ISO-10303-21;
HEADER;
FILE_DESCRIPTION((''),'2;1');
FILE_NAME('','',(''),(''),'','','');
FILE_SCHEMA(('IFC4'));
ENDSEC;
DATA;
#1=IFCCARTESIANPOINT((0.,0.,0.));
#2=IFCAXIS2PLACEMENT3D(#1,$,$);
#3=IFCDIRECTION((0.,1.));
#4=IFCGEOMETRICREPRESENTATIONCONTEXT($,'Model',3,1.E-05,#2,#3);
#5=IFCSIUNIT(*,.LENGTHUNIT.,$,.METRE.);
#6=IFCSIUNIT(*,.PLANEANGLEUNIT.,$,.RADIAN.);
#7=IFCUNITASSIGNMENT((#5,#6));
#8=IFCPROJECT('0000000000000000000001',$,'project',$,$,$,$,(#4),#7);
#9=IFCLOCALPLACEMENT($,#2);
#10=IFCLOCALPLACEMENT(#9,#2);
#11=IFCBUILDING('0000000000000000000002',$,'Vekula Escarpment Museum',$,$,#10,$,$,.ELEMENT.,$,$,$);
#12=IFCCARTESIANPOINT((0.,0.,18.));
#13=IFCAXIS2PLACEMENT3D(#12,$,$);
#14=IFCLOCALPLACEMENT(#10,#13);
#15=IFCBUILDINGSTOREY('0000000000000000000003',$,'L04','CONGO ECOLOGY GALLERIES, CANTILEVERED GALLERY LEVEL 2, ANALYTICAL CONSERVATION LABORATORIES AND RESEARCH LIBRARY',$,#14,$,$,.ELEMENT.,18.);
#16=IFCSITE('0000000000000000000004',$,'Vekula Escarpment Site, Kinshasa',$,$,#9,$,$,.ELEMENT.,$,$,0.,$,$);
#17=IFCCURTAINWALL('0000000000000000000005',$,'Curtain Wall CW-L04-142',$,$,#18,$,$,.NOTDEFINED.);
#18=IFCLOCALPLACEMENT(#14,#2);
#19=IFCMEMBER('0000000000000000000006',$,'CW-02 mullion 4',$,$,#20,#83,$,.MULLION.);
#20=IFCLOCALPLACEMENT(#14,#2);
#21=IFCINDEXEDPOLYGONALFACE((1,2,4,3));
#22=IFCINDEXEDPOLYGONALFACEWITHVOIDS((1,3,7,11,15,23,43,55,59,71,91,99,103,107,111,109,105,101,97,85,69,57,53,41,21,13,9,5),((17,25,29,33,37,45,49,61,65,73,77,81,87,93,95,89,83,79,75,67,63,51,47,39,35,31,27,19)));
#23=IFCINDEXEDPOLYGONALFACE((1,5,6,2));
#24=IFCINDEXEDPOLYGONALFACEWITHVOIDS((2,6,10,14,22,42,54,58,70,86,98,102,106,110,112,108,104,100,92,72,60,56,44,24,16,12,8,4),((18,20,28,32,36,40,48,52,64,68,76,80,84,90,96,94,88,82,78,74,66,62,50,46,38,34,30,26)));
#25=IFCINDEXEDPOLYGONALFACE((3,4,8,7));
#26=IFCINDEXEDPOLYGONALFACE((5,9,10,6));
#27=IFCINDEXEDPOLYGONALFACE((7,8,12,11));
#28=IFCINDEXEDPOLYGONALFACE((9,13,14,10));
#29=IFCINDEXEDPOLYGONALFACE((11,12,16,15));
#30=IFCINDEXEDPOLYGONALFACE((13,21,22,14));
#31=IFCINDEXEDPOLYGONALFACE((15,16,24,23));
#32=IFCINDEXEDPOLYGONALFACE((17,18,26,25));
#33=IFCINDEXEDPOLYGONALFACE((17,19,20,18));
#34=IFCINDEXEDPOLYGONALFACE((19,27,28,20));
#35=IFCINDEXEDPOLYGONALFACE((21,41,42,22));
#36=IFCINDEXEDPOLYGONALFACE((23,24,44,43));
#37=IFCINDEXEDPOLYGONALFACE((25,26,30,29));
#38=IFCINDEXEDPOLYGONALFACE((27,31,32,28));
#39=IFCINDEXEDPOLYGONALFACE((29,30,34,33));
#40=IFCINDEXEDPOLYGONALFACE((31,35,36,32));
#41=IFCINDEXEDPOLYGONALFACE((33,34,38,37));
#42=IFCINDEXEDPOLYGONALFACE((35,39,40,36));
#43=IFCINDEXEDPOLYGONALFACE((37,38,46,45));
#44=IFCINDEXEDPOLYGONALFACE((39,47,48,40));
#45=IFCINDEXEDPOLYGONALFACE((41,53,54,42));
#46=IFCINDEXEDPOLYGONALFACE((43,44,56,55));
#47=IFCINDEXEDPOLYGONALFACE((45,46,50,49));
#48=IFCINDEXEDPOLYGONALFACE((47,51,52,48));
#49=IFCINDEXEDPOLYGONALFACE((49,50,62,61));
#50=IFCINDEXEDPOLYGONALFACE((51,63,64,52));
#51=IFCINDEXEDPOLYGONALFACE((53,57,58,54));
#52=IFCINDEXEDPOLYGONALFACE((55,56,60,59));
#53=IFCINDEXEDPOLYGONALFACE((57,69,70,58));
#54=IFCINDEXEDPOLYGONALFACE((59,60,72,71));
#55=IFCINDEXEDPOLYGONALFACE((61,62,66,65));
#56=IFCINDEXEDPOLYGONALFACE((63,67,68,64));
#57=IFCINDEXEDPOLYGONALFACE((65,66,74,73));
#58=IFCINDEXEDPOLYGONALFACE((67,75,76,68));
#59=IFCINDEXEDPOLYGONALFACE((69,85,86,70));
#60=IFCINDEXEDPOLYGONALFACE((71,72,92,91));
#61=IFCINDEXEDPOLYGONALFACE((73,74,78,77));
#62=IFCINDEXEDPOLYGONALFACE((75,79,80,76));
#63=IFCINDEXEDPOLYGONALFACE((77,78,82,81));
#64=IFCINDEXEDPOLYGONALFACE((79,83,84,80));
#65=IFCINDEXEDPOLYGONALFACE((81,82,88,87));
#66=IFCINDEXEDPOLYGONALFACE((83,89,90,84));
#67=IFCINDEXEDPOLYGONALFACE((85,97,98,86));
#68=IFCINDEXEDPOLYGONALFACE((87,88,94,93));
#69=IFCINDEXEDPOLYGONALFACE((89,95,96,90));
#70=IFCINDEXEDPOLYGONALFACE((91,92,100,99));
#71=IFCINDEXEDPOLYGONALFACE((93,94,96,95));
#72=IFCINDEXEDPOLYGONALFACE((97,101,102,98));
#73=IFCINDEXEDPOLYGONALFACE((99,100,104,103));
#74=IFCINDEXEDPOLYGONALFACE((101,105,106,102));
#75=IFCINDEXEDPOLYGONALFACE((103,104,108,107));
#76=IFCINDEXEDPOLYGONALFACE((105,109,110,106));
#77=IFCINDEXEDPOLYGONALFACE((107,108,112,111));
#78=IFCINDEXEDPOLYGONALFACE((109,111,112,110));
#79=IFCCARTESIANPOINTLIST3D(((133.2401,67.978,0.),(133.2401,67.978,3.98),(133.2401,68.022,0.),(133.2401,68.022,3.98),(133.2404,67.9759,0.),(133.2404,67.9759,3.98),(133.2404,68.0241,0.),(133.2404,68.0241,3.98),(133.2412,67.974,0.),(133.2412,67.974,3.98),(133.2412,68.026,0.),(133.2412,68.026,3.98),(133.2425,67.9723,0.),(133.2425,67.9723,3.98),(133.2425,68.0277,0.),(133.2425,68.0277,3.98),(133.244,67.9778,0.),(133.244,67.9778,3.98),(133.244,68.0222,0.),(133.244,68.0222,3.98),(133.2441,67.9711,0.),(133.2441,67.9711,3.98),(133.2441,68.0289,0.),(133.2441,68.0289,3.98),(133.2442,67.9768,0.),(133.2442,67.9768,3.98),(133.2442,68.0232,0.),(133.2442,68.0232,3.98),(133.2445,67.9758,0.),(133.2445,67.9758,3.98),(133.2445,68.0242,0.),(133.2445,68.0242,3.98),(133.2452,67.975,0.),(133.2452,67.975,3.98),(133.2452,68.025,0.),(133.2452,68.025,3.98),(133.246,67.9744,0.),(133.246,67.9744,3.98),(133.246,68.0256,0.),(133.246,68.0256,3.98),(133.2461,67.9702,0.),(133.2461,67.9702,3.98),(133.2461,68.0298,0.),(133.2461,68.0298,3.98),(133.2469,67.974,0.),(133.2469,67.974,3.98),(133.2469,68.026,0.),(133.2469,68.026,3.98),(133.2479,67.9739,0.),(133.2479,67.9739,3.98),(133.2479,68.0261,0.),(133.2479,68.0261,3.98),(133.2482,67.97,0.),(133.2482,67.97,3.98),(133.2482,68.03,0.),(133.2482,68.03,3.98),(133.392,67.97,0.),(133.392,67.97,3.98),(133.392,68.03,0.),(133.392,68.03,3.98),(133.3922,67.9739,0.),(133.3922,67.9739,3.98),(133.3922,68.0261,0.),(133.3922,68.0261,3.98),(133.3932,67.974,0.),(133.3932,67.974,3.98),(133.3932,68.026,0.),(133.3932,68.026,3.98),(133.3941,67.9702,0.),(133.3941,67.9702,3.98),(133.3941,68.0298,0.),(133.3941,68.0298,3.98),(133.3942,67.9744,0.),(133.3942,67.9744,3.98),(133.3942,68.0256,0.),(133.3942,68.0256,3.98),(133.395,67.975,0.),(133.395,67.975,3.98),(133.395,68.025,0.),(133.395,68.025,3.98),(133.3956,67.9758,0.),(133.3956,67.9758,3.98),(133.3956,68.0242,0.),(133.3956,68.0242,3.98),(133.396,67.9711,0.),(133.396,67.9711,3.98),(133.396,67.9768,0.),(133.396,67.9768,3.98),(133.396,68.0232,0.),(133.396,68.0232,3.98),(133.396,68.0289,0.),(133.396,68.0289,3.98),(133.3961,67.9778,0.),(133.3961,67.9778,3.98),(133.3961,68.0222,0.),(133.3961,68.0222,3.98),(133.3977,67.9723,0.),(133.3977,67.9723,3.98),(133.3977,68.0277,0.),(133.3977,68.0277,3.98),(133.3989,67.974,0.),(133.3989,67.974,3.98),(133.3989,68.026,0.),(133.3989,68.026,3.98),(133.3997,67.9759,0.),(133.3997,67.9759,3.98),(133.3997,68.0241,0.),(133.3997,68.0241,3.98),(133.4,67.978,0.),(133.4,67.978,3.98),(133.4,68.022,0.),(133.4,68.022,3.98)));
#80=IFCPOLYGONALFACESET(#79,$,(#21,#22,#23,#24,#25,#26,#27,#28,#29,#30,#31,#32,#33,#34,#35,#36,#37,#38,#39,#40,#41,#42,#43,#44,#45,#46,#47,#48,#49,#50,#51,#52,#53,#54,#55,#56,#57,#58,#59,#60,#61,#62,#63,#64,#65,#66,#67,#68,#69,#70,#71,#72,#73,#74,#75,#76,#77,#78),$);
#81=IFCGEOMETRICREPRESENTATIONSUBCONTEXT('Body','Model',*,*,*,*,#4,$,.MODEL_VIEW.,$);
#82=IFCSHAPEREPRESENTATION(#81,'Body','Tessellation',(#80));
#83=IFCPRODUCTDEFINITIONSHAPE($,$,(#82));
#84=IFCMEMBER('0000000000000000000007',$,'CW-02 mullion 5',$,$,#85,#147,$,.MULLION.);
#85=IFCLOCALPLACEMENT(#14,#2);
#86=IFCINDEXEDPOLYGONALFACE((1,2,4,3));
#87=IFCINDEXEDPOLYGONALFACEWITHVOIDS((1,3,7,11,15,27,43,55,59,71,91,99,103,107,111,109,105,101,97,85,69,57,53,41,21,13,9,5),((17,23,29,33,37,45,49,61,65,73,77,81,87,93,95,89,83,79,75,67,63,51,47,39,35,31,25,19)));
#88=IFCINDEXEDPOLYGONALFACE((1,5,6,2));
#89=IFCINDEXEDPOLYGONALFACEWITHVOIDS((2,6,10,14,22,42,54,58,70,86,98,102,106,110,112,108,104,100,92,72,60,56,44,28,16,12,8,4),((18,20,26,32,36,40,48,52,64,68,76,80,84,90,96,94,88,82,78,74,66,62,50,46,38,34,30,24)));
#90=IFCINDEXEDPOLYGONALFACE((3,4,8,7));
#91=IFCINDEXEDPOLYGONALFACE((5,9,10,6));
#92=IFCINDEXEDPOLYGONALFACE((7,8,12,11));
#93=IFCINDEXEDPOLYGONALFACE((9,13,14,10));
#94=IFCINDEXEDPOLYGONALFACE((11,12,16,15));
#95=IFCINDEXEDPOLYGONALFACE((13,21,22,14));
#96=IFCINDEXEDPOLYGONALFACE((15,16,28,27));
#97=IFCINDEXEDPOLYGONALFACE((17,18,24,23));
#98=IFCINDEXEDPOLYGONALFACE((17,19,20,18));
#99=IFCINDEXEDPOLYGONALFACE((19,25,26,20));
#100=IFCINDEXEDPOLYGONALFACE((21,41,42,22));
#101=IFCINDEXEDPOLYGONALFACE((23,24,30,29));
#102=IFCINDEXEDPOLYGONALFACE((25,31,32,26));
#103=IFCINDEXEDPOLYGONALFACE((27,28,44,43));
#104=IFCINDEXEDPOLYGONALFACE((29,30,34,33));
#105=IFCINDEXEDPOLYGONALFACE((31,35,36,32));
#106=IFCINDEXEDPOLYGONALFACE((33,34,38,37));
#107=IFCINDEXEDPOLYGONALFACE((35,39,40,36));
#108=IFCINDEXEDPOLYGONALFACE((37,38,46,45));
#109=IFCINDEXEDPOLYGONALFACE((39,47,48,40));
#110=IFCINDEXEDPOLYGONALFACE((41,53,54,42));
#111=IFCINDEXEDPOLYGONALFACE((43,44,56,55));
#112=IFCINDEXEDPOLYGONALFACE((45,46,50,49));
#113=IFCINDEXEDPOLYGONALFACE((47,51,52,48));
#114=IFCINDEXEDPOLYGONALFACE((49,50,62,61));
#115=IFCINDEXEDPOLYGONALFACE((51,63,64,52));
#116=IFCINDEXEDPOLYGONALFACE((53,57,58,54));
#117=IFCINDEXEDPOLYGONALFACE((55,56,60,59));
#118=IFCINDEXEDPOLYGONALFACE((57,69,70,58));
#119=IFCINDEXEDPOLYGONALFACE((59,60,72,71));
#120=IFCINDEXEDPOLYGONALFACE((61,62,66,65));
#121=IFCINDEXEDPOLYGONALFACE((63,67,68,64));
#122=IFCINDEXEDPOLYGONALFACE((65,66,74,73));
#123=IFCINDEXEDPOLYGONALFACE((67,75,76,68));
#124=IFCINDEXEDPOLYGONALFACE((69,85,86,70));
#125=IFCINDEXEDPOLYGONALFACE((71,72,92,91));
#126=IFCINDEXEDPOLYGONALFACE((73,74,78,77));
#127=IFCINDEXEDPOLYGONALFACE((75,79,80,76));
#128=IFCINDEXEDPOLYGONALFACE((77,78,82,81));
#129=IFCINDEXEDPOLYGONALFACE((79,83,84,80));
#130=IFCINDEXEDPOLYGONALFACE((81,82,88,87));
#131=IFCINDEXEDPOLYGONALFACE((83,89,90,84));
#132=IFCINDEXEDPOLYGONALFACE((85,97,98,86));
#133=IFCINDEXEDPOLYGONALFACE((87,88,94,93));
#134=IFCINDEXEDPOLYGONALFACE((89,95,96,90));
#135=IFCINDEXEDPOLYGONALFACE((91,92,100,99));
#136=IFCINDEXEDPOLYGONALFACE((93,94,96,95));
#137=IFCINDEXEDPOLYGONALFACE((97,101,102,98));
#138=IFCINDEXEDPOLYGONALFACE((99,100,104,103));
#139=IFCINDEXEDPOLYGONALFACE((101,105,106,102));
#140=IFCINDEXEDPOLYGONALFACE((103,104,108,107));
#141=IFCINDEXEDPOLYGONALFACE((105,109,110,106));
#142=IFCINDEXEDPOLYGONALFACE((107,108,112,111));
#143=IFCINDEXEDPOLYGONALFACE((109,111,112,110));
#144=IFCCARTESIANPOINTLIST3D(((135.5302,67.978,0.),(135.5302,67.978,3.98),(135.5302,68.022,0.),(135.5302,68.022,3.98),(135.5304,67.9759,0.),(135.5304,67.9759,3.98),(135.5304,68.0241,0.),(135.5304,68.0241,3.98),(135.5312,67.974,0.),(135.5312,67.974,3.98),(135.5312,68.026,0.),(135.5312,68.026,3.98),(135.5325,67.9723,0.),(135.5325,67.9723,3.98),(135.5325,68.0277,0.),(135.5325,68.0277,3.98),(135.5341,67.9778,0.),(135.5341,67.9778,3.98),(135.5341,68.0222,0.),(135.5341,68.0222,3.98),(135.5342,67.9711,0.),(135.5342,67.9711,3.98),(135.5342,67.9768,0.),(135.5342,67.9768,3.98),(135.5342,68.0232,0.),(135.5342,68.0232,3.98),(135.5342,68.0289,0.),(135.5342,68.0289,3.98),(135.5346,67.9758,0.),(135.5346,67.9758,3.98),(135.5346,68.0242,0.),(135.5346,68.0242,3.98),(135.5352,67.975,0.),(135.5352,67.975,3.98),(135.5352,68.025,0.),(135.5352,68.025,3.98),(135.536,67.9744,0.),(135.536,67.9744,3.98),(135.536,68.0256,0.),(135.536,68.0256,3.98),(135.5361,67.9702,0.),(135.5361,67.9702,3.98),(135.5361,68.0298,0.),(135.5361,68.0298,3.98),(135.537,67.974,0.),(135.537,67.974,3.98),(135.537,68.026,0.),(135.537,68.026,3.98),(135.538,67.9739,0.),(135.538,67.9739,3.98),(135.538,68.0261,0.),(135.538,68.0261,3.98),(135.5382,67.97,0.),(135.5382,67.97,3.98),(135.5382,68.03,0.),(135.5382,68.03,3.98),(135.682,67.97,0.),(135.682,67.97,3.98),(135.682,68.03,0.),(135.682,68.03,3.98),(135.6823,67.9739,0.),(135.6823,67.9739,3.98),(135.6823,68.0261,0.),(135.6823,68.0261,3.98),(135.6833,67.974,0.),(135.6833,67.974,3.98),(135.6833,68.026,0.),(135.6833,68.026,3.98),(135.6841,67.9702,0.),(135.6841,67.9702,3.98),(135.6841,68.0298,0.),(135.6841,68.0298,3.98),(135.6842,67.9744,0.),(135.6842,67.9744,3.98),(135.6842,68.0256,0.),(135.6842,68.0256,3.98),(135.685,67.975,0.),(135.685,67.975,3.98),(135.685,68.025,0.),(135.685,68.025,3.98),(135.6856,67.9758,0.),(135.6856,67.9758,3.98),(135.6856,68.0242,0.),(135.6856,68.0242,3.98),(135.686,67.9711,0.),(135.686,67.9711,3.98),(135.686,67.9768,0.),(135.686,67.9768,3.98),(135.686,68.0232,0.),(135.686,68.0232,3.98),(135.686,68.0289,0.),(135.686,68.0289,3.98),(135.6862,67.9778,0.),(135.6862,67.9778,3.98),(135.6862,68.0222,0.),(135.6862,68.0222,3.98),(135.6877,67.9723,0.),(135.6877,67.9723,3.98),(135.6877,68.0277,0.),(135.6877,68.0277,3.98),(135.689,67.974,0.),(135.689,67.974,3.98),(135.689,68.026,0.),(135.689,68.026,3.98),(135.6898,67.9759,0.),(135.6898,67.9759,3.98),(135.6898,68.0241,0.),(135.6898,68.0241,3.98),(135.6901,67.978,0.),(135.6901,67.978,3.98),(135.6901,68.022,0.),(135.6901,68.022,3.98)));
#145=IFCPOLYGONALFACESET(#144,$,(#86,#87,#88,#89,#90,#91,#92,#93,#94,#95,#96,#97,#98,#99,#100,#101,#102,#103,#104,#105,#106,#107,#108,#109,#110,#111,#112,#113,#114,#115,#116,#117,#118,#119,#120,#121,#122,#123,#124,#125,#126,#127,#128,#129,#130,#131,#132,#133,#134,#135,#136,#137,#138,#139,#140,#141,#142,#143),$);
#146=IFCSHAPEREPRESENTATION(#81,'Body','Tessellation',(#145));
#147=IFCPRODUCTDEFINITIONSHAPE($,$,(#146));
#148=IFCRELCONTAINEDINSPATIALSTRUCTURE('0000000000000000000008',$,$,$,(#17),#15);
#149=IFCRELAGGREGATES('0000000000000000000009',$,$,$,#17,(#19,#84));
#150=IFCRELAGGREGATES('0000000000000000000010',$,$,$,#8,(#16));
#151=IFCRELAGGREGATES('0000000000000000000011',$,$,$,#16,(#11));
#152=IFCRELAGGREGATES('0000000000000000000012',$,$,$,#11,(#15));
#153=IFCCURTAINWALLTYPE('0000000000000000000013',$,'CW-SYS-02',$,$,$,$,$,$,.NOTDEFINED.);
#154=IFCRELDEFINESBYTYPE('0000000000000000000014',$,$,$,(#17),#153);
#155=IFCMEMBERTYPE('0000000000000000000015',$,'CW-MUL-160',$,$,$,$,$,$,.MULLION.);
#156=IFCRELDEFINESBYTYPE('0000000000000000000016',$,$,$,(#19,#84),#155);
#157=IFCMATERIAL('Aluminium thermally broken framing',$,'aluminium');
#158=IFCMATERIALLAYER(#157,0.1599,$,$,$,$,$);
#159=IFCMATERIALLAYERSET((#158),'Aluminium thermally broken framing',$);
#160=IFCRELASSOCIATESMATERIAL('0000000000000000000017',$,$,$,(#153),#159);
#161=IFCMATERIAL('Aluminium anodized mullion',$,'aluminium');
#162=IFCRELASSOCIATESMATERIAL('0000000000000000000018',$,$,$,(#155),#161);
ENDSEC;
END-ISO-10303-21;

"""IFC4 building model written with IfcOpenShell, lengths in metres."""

from ifc_helpers import new_model, si_unit, direction, frame, origin, origin_2d, place, context, subcontext, project, spatial, hollow_rectangle, extrude, material, layer, layer_set, material_profile, profile_set, type_object, element, aggregate, save


model = new_model("IFC4")

# Units and contexts
model_context = context("Model", 3, precision=1e-05, world=origin(), true_north=direction((0.0, 1.0)))
body_context = subcontext(model_context, "Body", "Model", "MODEL_VIEW")
ifc_project = project(units=[si_unit("LENGTHUNIT", "METRE"), si_unit("PLANEANGLEUNIT", "RADIAN")], contexts=[model_context])

# Site, building, storey
site_placement = place(None, origin())
site = spatial("IfcSite", under=ifc_project, at=site_placement, Name="Vekula Escarpment Site, Kinshasa", CompositionType="ELEMENT", RefElevation=0.0)
building_placement = place(site_placement, origin())
building = spatial("IfcBuilding", under=site, at=building_placement, Name="Vekula Escarpment Museum", CompositionType="ELEMENT")
storey_placement = place(building_placement, frame((0.0, 0.0, 18.0)))
storey = spatial("IfcBuildingStorey", under=building, at=storey_placement, Name="L04", Description="CONGO ECOLOGY GALLERIES, CANTILEVERED GALLERY LEVEL 2, ANALYTICAL CONSERVATION LABORATORIES AND RESEARCH LIBRARY", CompositionType="ELEMENT", Elevation=18.0)

# Curtain wall, members
ifc_material_1 = material(Name="Aluminium thermally broken framing", Category="aluminium")
ifc_layer_1 = layer(ifc_material_1, 0.1599)
ifc_layer_set_1 = layer_set([ifc_layer_1], Name="Aluminium thermally broken framing")
curtain_wall_type_1 = type_object("IfcCurtainWallType", Name="CW-SYS-02", PredefinedType="NOTDEFINED", material=ifc_layer_set_1)
curtain_wall_1_placement = place(storey_placement, origin())
curtain_wall_1 = element("IfcCurtainWall", 1, at=curtain_wall_1_placement, inside=storey, type_object=curtain_wall_type_1, Name="Curtain Wall CW-L04-142", PredefinedType="NOTDEFINED")
ifc_material_2 = material(Name="Aluminium anodized mullion", Category="aluminium")
ifc_material_profile_1 = material_profile(ifc_material_2, hollow_rectangle(XDim=0.0601, YDim=0.1599, WallThickness=0.0039, InnerFilletRadius=0.0039, OuterFilletRadius=0.0081, at=origin_2d()), Name="ALU 160x60x4")
ifc_profile_set_1 = profile_set([ifc_material_profile_1], Name="Aluminium anodized mullion")
member_type_1 = type_object("IfcMemberType", Name="CW-MUL-160", PredefinedType="MULLION", material=ifc_profile_set_1)
member_1_placement = place(storey_placement, frame((133.3201, 68.0, 0.0), z_axis=(0.0, 0.0, 1.0), x_axis=(0.0, 1.0, 0.0)))
member_1 = element("IfcMember", 2, at=member_1_placement, type_object=member_type_1, Name="CW-02 mullion 4", PredefinedType="MULLION", context=body_context, shape_type="SweptSolid", body=[
    extrude(hollow_rectangle(XDim=0.0601, YDim=0.1599, WallThickness=0.0039, InnerFilletRadius=0.0039, OuterFilletRadius=0.0081, at=origin_2d()), origin(), (0.0, 0.0, 1.0), 3.98),
])
member_2_placement = place(storey_placement, frame((135.6101, 68.0, 0.0), z_axis=(0.0, 0.0, 1.0), x_axis=(0.0, 1.0, 0.0)))
member_2 = element("IfcMember", 3, at=member_2_placement, type_object=member_type_1, Name="CW-02 mullion 5", PredefinedType="MULLION", context=body_context, shape_type="SweptSolid", body=[
    extrude(hollow_rectangle(XDim=0.0601, YDim=0.1599, WallThickness=0.0039, InnerFilletRadius=0.0039, OuterFilletRadius=0.0081, at=origin_2d()), origin(), (0.0, 0.0, 1.0), 3.98),
])

aggregate(curtain_wall_1, [member_1, member_2])

save(model, "model.ifc")
